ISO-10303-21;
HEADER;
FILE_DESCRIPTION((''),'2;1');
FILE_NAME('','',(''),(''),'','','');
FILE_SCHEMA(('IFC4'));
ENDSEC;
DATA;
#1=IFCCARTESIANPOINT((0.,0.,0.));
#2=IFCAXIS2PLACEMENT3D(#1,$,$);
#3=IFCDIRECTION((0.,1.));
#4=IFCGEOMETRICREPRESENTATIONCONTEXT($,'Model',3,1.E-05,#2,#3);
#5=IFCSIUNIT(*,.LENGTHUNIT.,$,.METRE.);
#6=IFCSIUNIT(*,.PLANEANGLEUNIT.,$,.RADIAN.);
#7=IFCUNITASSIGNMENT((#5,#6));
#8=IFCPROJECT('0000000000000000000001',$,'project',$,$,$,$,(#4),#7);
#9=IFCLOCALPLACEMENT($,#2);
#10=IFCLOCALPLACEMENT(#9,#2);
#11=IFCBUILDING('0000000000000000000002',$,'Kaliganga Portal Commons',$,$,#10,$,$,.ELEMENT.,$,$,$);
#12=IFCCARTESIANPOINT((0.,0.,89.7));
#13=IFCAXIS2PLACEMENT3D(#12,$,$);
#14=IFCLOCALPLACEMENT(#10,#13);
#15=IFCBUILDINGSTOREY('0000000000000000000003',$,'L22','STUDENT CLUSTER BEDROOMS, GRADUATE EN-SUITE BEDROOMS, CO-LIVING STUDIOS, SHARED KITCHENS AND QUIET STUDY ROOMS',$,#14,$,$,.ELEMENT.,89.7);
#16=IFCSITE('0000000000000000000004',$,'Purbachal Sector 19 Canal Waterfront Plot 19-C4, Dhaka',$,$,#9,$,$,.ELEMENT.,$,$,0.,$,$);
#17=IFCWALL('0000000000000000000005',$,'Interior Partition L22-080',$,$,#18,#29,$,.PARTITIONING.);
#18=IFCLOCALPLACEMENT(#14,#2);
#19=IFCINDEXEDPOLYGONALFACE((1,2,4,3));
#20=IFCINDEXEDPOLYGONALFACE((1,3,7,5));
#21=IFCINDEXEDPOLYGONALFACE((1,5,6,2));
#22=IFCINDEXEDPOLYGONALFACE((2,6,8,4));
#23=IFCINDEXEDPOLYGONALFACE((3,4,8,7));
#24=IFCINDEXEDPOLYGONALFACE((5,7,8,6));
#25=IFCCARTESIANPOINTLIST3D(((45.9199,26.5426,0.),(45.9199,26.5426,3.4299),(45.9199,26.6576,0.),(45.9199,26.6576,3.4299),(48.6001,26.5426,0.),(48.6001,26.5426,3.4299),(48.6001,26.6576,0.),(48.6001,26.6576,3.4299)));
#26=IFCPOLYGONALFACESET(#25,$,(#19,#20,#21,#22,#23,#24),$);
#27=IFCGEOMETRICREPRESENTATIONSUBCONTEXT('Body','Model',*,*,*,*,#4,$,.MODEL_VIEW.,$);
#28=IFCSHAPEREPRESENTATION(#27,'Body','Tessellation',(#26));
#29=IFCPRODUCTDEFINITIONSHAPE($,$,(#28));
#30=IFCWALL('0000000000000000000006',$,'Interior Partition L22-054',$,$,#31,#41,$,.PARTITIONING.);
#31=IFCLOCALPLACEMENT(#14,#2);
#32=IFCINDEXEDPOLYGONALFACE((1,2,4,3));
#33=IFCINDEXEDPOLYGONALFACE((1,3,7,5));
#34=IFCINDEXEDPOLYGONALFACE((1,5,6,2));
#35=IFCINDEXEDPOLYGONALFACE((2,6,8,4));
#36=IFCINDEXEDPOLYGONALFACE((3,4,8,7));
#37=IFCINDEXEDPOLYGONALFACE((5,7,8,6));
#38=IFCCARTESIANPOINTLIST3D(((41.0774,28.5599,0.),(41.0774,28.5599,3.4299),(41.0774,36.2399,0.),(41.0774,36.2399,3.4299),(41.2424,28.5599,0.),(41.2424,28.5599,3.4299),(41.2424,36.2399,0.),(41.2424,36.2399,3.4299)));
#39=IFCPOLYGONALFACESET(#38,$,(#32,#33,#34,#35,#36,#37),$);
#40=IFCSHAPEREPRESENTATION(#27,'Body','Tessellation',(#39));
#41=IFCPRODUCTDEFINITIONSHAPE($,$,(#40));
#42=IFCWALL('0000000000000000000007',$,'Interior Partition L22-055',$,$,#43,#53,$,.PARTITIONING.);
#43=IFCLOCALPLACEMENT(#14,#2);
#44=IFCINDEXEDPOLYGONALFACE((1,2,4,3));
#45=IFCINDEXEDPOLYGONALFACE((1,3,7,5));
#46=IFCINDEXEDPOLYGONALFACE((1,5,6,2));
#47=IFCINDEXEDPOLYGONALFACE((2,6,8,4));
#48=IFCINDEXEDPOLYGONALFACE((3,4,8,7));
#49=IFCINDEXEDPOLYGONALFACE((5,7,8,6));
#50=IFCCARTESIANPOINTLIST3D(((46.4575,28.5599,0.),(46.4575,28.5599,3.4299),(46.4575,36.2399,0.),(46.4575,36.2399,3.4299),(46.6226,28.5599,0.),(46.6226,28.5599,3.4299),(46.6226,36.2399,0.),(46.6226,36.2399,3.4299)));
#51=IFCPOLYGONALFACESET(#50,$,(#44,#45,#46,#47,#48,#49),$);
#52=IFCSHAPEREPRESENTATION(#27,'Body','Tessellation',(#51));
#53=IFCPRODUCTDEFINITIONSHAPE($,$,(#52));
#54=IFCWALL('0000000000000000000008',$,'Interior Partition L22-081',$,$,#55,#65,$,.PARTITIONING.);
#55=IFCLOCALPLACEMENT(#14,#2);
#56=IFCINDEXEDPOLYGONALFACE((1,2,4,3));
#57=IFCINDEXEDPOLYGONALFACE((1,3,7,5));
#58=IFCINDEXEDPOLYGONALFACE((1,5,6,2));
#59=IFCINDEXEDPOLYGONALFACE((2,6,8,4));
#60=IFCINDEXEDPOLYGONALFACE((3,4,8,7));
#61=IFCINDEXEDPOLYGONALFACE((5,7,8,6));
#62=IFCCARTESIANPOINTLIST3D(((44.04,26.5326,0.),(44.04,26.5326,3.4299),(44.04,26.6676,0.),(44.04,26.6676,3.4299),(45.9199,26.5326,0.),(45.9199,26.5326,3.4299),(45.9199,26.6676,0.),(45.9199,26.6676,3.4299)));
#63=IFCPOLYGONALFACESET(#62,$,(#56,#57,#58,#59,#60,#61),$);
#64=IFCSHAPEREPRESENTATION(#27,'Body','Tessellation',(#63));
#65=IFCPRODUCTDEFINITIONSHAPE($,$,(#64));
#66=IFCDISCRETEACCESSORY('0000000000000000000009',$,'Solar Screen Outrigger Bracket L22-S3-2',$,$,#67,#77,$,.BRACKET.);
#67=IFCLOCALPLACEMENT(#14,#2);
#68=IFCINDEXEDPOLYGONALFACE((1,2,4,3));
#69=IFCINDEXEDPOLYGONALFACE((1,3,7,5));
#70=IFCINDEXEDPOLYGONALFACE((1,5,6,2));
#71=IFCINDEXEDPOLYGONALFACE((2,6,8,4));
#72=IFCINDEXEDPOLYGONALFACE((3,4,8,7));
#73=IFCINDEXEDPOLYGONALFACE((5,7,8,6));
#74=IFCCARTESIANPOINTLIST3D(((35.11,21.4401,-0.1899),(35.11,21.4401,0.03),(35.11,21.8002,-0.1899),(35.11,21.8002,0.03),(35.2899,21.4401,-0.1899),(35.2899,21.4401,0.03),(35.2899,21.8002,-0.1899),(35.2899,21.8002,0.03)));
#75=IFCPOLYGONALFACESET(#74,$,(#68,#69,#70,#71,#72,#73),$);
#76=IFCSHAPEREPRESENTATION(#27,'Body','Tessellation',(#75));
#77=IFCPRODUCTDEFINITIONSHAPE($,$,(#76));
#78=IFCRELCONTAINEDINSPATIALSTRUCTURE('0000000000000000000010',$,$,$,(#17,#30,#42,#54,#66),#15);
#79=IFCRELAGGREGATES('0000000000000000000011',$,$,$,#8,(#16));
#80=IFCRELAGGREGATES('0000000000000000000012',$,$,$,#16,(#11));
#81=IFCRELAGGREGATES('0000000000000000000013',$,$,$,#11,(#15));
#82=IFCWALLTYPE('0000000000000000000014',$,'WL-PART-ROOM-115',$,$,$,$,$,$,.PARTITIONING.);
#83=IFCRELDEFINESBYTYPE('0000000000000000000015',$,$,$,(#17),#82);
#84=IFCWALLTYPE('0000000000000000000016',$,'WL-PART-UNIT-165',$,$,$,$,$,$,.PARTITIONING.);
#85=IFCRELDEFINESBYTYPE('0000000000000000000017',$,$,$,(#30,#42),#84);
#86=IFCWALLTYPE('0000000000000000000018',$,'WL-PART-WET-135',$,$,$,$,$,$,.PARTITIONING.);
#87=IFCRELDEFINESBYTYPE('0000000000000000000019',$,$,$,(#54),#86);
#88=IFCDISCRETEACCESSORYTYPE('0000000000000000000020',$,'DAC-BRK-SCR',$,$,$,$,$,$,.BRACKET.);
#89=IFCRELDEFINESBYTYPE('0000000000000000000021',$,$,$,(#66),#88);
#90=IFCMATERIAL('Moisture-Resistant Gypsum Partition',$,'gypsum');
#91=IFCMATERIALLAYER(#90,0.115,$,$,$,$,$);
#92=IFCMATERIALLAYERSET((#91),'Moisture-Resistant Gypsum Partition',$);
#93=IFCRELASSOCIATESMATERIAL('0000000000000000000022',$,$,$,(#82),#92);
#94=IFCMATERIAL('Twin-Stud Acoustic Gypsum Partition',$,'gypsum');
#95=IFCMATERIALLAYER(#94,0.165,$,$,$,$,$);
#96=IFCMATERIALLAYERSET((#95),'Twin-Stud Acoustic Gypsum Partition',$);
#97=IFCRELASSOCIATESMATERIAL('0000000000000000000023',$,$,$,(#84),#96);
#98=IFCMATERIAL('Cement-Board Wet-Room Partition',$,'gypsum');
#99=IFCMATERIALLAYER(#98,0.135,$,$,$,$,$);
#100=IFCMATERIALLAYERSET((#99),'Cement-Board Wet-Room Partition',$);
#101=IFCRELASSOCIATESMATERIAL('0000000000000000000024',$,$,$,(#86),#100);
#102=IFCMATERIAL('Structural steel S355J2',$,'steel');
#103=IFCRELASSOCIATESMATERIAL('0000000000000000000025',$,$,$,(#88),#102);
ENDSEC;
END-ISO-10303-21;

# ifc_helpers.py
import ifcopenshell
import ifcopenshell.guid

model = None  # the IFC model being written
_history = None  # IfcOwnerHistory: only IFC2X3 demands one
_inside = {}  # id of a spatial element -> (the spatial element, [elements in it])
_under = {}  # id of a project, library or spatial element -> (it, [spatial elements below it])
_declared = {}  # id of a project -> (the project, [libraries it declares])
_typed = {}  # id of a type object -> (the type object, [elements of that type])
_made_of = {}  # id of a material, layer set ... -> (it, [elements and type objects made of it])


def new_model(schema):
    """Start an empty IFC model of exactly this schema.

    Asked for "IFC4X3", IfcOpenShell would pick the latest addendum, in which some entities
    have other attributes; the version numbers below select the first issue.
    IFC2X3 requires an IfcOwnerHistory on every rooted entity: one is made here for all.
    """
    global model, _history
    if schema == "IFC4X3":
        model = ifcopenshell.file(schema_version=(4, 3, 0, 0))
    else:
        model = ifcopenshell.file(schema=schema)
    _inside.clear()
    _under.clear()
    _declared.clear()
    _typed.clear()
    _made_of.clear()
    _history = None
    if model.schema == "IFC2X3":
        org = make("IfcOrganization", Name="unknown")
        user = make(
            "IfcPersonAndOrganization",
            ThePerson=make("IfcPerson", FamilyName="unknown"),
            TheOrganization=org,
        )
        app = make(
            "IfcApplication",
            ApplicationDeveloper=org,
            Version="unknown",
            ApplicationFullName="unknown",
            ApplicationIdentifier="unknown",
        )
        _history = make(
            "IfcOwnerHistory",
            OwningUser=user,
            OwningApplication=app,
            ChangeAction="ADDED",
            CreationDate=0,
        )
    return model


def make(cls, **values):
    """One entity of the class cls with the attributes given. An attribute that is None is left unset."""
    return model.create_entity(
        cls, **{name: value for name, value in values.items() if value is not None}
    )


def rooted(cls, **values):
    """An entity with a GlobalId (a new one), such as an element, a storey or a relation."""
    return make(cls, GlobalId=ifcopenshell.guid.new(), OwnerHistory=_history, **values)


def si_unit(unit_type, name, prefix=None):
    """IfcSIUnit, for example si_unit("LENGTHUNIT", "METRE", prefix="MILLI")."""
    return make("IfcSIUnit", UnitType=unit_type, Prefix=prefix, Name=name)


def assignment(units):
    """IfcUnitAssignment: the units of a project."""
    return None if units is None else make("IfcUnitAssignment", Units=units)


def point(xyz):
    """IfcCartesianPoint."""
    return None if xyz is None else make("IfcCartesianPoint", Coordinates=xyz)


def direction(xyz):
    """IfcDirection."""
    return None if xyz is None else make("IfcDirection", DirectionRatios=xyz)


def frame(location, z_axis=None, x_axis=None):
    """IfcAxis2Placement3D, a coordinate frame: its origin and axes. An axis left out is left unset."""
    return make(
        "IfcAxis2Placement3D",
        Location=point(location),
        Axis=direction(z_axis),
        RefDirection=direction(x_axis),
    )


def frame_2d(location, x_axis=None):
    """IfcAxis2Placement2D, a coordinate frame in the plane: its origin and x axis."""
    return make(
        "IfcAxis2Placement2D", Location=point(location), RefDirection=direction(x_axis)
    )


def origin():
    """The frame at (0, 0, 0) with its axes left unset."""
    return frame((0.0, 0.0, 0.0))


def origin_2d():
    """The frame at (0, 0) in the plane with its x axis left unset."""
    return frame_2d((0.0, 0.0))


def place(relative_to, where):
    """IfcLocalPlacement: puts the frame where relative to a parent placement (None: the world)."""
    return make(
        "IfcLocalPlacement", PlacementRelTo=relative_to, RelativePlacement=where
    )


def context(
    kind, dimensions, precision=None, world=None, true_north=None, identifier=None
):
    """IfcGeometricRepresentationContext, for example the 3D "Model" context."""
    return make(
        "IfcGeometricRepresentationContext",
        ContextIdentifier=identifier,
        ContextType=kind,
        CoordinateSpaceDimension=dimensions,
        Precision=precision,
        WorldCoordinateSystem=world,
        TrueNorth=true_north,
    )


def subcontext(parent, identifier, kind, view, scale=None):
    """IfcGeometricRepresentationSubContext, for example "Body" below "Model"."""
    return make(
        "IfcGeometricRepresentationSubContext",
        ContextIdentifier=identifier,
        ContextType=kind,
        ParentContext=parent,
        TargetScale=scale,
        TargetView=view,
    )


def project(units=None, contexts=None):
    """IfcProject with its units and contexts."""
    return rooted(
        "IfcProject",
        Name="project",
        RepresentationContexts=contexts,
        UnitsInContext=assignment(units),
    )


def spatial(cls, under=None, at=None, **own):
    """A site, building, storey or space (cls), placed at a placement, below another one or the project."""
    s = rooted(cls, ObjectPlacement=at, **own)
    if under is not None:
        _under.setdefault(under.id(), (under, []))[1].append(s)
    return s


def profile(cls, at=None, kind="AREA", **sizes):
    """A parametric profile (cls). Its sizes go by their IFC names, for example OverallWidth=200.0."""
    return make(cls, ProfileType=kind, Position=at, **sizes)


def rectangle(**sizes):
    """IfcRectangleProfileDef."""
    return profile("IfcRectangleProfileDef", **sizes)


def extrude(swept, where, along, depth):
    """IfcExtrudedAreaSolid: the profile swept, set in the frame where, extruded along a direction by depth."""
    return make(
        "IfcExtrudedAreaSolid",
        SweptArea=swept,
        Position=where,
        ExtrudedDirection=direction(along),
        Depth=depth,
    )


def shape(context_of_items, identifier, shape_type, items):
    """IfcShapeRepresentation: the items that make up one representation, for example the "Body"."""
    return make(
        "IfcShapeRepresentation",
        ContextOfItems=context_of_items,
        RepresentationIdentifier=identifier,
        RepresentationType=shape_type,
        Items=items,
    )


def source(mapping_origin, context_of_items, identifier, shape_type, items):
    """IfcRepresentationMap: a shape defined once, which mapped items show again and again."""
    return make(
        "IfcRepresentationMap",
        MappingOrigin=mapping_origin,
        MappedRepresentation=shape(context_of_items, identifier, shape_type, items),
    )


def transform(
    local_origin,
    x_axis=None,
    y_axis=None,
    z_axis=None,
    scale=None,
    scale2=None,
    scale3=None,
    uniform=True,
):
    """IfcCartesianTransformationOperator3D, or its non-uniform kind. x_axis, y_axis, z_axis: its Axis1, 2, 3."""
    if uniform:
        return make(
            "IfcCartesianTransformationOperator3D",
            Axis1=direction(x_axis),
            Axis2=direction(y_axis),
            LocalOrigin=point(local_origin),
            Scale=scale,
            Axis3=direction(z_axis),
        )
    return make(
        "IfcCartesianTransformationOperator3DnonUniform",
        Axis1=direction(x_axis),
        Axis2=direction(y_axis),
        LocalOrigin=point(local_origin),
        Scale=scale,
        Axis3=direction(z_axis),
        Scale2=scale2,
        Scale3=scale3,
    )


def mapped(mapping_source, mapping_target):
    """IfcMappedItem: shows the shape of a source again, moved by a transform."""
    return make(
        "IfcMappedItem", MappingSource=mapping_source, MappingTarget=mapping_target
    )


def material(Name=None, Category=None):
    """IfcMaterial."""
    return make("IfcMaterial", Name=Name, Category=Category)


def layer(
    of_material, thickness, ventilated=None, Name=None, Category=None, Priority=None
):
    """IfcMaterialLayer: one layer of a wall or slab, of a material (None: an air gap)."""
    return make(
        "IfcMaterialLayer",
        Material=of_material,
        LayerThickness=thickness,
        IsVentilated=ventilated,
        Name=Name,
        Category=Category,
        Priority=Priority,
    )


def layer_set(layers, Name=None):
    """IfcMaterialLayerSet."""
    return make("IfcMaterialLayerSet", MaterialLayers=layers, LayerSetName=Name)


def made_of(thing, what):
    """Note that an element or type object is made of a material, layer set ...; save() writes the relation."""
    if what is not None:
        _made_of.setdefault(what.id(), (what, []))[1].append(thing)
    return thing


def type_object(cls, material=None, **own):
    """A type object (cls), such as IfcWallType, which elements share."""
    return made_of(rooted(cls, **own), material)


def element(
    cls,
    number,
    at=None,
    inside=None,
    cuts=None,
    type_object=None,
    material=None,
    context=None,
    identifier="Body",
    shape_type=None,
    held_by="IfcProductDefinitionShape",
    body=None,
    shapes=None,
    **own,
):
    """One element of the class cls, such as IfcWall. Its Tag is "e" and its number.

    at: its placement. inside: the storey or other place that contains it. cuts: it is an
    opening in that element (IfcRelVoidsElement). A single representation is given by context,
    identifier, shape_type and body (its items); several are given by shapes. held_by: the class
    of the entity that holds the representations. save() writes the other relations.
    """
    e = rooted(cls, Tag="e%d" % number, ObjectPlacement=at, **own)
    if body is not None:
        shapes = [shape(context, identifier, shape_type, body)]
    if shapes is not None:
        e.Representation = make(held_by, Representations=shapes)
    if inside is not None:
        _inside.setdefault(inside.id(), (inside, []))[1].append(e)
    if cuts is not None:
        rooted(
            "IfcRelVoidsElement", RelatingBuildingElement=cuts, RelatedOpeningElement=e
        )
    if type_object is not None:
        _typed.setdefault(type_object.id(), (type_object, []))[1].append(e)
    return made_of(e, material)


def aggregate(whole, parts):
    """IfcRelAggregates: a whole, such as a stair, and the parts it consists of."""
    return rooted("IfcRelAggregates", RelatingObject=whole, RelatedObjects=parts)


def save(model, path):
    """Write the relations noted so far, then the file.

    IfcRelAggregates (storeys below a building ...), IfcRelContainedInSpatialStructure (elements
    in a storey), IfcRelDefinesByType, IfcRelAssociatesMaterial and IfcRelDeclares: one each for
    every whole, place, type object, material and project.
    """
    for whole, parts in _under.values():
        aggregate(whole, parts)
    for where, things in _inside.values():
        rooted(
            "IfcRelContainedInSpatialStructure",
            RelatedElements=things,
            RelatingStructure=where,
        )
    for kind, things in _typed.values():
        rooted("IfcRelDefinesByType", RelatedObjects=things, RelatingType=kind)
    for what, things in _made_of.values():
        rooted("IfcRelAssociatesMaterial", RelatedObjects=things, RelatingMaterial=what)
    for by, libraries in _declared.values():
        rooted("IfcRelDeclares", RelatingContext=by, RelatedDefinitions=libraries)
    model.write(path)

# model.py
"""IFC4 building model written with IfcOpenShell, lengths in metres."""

from ifc_helpers import new_model, si_unit, direction, frame, frame_2d, origin, origin_2d, place, context, subcontext, project, spatial, rectangle, extrude, source, transform, mapped, material, layer, layer_set, type_object, element, save


model = new_model("IFC4")

# Units and contexts
model_context = context("Model", 3, precision=1e-05, world=origin(), true_north=direction((0.0, 1.0)))
body_context = subcontext(model_context, "Body", "Model", "MODEL_VIEW")
ifc_project = project(units=[si_unit("LENGTHUNIT", "METRE"), si_unit("PLANEANGLEUNIT", "RADIAN")], contexts=[model_context])

# Site, building, storey
site_placement = place(None, origin())
site = spatial("IfcSite", under=ifc_project, at=site_placement, Name="Purbachal Sector 19 Canal Waterfront Plot 19-C4, Dhaka", CompositionType="ELEMENT", RefElevation=0.0)
building_placement = place(site_placement, origin())
building = spatial("IfcBuilding", under=site, at=building_placement, Name="Kaliganga Portal Commons", CompositionType="ELEMENT")
storey_placement = place(building_placement, frame((0.0, 0.0, 89.7)))
storey = spatial("IfcBuildingStorey", under=building, at=storey_placement, Name="L22", Description="STUDENT CLUSTER BEDROOMS, GRADUATE EN-SUITE BEDROOMS, CO-LIVING STUDIOS, SHARED KITCHENS AND QUIET STUDY ROOMS", CompositionType="ELEMENT", Elevation=89.7)

# Shared definitions
ifc_material_1 = material(Name="Structural steel S355J2", Category="steel")

# Walls
ifc_material_2 = material(Name="Moisture-Resistant Gypsum Partition", Category="gypsum")
ifc_layer_1 = layer(ifc_material_2, 0.115)
ifc_layer_set_1 = layer_set([ifc_layer_1], Name="Moisture-Resistant Gypsum Partition")
wall_type_1 = type_object("IfcWallType", Name="WL-PART-ROOM-115", PredefinedType="PARTITIONING", material=ifc_layer_set_1)
wall_1_placement = place(storey_placement, frame((45.9199, 26.6001, 0.0), z_axis=(0.0, 0.0, 1.0), x_axis=(1.0, 0.0, 0.0)))
element("IfcWall", 1, at=wall_1_placement, inside=storey, type_object=wall_type_1, Name="Interior Partition L22-080", PredefinedType="PARTITIONING", context=body_context, shape_type="SweptSolid", body=[
    extrude(rectangle(XDim=2.6802, YDim=0.115, at=frame_2d((1.3401, 0.0))), origin(), (0.0, 0.0, 1.0), 3.4299),
])
ifc_material_3 = material(Name="Twin-Stud Acoustic Gypsum Partition", Category="gypsum")
ifc_layer_2 = layer(ifc_material_3, 0.165)
ifc_layer_set_2 = layer_set([ifc_layer_2], Name="Twin-Stud Acoustic Gypsum Partition")
wall_type_2 = type_object("IfcWallType", Name="WL-PART-UNIT-165", PredefinedType="PARTITIONING", material=ifc_layer_set_2)
for number, where, z_axis, x_axis, name in (
    (2, (41.1599, 28.5601, 0.0), (0.0, 0.0, 1.0), (0.0, 1.0, 0.0), "Interior Partition L22-054"),
    (3, (46.54, 28.5601, 0.0), (0.0, 0.0, 1.0), (0.0, 1.0, 0.0), "Interior Partition L22-055"),
):
    element("IfcWall", number, at=place(storey_placement, frame(where, z_axis=z_axis, x_axis=x_axis)), inside=storey, type_object=wall_type_2, Name=name, PredefinedType="PARTITIONING", context=body_context, shape_type="SweptSolid", body=[
        extrude(rectangle(XDim=7.6799, YDim=0.165, at=frame_2d((3.8398, 0.0))), origin(), (0.0, 0.0, 1.0), 3.4299),
    ])
ifc_material_4 = material(Name="Cement-Board Wet-Room Partition", Category="gypsum")
ifc_layer_3 = layer(ifc_material_4, 0.135)
ifc_layer_set_3 = layer_set([ifc_layer_3], Name="Cement-Board Wet-Room Partition")
wall_type_3 = type_object("IfcWallType", Name="WL-PART-WET-135", PredefinedType="PARTITIONING", material=ifc_layer_set_3)
wall_2_placement = place(storey_placement, frame((44.04, 26.6001, 0.0), z_axis=(0.0, 0.0, 1.0), x_axis=(1.0, 0.0, 0.0)))
element("IfcWall", 4, at=wall_2_placement, inside=storey, type_object=wall_type_3, Name="Interior Partition L22-081", PredefinedType="PARTITIONING", context=body_context, shape_type="SweptSolid", body=[
    extrude(rectangle(XDim=1.8799, YDim=0.135, at=frame_2d((0.9399, 0.0))), origin(), (0.0, 0.0, 1.0), 3.4299),
])

# Discrete accessory
discrete_accessory_type = type_object("IfcDiscreteAccessoryType", Name="DAC-BRK-SCR", PredefinedType="BRACKET", material=ifc_material_1)
shared_shape_1 = source(origin(), body_context, "Body", "SweptSolid", [
    extrude(rectangle(XDim=0.1799, YDim=0.3601, at=origin_2d()), origin(), (0.0, 0.0, 1.0), 0.22),
])
discrete_accessory_placement = place(storey_placement, frame((35.2, 21.6201, -0.1899), z_axis=(0.0, 0.0, 1.0), x_axis=(1.0, 0.0, 0.0)))
element("IfcDiscreteAccessory", 5, at=discrete_accessory_placement, inside=storey, type_object=discrete_accessory_type, Name="Solar Screen Outrigger Bracket L22-S3-2", PredefinedType="BRACKET", context=body_context, shape_type="MappedRepresentation", body=[
    mapped(shared_shape_1, transform((0.0, 0.0, 0.0), x_axis=(1.0, 0.0, 0.0), y_axis=(0.0, 1.0, 0.0), z_axis=(0.0, 0.0, 1.0), scale=1.0)),
])

save(model, "model.ifc")
